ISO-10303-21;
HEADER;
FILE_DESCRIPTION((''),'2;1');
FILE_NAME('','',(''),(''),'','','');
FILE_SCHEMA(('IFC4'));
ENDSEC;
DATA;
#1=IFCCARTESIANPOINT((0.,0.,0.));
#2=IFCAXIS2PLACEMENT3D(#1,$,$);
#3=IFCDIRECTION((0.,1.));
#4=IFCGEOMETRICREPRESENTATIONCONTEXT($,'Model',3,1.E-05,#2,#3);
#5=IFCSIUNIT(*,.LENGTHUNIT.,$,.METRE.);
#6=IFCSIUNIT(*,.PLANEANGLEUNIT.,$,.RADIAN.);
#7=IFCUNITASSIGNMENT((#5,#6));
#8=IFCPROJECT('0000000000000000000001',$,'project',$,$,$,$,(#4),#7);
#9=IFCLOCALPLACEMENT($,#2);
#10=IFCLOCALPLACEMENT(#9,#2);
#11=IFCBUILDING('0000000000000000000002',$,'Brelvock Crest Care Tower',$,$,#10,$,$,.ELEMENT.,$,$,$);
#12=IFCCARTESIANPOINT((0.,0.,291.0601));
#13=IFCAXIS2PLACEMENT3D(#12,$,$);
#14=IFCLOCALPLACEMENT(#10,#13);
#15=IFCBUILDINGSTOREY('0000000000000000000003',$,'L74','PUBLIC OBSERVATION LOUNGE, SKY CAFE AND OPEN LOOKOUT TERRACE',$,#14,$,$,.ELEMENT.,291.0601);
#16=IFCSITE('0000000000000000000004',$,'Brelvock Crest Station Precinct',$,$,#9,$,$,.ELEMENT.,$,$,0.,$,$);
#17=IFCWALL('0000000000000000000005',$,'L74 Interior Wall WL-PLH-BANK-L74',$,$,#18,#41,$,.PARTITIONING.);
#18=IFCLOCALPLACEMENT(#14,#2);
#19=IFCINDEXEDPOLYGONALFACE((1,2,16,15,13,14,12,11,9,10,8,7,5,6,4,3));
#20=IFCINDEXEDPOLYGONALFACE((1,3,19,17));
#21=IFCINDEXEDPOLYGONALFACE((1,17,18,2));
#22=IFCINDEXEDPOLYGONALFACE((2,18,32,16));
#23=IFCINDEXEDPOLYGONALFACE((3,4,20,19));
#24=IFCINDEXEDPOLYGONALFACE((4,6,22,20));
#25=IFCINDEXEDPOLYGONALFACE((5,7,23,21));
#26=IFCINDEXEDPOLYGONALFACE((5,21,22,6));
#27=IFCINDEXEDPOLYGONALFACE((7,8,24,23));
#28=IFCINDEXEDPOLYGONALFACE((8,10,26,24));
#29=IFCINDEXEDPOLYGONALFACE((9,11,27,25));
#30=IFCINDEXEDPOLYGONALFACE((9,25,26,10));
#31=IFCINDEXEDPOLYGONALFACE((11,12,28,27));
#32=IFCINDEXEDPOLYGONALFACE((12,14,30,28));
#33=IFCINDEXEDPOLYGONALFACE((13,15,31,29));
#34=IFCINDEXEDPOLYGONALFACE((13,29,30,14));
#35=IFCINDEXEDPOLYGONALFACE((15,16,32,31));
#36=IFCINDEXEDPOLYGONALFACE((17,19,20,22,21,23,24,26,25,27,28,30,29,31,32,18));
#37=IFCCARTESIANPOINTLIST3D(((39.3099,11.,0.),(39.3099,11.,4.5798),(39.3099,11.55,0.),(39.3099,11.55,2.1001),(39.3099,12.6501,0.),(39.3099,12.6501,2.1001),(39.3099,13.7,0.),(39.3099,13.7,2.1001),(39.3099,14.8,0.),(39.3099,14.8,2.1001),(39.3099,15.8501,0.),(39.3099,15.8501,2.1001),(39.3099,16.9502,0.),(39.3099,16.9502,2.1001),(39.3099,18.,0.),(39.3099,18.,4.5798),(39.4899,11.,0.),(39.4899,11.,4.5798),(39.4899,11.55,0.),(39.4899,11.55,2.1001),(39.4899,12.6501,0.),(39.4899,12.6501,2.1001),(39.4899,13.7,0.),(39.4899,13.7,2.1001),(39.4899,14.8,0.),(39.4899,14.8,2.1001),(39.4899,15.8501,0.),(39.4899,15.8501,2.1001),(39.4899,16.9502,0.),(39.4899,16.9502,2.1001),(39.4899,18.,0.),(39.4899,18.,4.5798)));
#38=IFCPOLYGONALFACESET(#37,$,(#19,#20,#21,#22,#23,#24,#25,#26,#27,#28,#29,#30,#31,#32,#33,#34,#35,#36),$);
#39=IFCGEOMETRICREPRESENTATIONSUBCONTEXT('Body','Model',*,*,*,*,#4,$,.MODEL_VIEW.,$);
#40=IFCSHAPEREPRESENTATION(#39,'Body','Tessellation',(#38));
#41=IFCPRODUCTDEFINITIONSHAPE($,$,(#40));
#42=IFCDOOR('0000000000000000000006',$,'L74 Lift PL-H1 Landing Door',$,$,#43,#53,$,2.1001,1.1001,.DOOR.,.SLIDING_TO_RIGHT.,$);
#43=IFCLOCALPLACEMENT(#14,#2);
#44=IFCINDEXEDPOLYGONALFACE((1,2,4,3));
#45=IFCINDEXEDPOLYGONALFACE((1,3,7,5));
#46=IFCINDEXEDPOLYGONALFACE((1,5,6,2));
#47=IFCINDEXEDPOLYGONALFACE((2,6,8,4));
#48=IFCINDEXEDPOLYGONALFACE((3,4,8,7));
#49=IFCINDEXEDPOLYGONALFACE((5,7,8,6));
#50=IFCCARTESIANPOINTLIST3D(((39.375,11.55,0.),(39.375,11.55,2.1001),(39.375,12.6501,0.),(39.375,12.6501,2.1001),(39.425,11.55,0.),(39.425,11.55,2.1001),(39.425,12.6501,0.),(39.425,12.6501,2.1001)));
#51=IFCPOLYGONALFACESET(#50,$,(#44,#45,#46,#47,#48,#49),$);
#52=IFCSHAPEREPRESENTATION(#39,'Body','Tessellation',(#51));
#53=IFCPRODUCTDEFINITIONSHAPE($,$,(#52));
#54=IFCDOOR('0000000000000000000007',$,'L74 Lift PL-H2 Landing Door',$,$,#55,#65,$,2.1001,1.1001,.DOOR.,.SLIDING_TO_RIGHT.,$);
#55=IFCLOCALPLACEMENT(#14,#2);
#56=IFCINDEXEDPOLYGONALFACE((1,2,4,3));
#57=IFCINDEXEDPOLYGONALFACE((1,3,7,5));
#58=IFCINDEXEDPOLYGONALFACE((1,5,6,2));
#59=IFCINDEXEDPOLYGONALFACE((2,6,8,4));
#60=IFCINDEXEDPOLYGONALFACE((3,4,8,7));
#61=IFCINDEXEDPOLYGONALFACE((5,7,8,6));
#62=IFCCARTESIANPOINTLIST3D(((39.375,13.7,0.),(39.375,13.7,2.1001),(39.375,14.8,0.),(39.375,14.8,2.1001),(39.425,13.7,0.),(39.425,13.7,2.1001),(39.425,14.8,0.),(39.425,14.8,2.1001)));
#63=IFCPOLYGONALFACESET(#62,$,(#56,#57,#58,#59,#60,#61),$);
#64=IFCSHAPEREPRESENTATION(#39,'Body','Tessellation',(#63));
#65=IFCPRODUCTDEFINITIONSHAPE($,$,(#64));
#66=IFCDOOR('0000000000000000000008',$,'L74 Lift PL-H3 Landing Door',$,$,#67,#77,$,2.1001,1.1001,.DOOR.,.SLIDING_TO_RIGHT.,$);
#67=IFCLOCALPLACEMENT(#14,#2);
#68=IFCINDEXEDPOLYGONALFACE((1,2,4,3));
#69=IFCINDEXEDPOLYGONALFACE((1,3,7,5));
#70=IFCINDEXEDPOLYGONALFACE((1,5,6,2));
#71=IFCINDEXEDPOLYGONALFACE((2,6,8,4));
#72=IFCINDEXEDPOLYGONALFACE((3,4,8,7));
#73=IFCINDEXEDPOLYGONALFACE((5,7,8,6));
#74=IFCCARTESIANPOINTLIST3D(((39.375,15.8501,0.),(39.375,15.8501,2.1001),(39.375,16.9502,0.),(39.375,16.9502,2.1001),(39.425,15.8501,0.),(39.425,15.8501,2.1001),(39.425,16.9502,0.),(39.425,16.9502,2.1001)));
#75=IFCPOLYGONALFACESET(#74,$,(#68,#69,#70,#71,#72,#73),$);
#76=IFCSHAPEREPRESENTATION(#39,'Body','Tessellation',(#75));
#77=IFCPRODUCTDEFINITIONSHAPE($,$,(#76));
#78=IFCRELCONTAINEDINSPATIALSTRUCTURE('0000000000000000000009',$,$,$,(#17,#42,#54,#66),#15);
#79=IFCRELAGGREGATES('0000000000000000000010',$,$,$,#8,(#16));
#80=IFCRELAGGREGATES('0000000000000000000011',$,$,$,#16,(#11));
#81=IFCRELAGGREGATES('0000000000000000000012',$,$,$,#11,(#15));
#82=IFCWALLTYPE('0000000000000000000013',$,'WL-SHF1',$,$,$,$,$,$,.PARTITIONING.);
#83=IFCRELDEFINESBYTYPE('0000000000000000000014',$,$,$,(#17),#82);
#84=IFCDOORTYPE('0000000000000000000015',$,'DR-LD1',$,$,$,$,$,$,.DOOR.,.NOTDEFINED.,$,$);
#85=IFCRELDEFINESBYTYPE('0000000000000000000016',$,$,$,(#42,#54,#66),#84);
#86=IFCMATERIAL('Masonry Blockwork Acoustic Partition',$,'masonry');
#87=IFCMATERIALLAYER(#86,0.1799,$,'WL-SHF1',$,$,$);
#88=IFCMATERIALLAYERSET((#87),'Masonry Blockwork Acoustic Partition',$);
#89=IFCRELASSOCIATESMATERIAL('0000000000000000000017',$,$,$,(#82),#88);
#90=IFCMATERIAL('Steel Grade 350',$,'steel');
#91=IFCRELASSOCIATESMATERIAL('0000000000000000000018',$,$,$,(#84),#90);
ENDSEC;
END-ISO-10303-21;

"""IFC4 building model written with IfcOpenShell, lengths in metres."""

from ifc_helpers import new_model, si_unit, direction, frame, frame_2d, origin, origin_2d, place, context, subcontext, project, spatial, rectangle, extrude, source, transform, mapped, material, layer, layer_set, type_object, element, fill, save


model = new_model("IFC4")

# Units and contexts
model_context = context("Model", 3, precision=1e-05, world=origin(), true_north=direction((0.0, 1.0)))
body_context = subcontext(model_context, "Body", "Model", "MODEL_VIEW")
ifc_project = project(units=[si_unit("LENGTHUNIT", "METRE"), si_unit("PLANEANGLEUNIT", "RADIAN")], contexts=[model_context])

# Site, building, storey
site_placement = place(None, origin())
site = spatial("IfcSite", under=ifc_project, at=site_placement, Name="Brelvock Crest Station Precinct", CompositionType="ELEMENT", RefElevation=0.0)
building_placement = place(site_placement, origin())
building = spatial("IfcBuilding", under=site, at=building_placement, Name="Brelvock Crest Care Tower", CompositionType="ELEMENT")
storey_placement = place(building_placement, frame((0.0, 0.0, 291.0601)))
storey = spatial("IfcBuildingStorey", under=building, at=storey_placement, Name="L74", Description="PUBLIC OBSERVATION LOUNGE, SKY CAFE AND OPEN LOOKOUT TERRACE", CompositionType="ELEMENT", Elevation=291.0601)

# Shared definitions
ifc_material_1 = material(Name="Steel Grade 350", Category="steel")

# Shared definitions
ifc_material_2 = material(Name="Masonry Blockwork Acoustic Partition", Category="masonry")

# Shared definitions
ifc_layer_1 = layer(ifc_material_2, 0.1799, Name="WL-SHF1")
ifc_layer_set_1 = layer_set([ifc_layer_1], Name="Masonry Blockwork Acoustic Partition")
wall_type_1 = type_object("IfcWallType", Name="WL-SHF1", PredefinedType="PARTITIONING", material=ifc_layer_set_1)

# Shared definitions
door_type_1 = type_object("IfcDoorType", Name="DR-LD1", OperationType="NOTDEFINED", PredefinedType="DOOR", material=ifc_material_1)
shared_shape_1 = source(origin(), body_context, "Body", "SweptSolid", [
    extrude(rectangle(XDim=1.1001, YDim=2.1001, at=origin_2d()), frame((0.55, 0.0249, 1.05), z_axis=(0.0, -1.0, 0.0), x_axis=(1.0, 0.0, 0.0)), (0.0, 0.0, 1.0), 0.05),
])

# Wall, openings, doors
wall_1_placement = place(storey_placement, frame((39.3999, 11.0, 0.0), z_axis=(0.0, 0.0, 1.0), x_axis=(0.0, 1.0, 0.0)))
wall_1 = element("IfcWall", 1, at=wall_1_placement, inside=storey, type_object=wall_type_1, Name="L74 Interior Wall WL-PLH-BANK-L74", PredefinedType="PARTITIONING", context=body_context, shape_type="SweptSolid", body=[
    extrude(rectangle(XDim=7.0, YDim=0.1799, at=frame_2d((3.5, 0.0))), origin(), (0.0, 0.0, 1.0), 4.5798),
])
opening_1_placement = place(wall_1_placement, frame((0.55, 0.0, 0.0)))
opening_1 = element("IfcOpeningElement", 2, at=opening_1_placement, cuts=wall_1, PredefinedType="OPENING", context=body_context, shape_type="SweptSolid", body=[
    extrude(rectangle(XDim=1.1001, YDim=2.1001, at=origin_2d()), frame((0.55, 0.1001, 1.05), z_axis=(0.0, -1.0, 0.0), x_axis=(1.0, 0.0, 0.0)), (0.0, 0.0, 1.0), 0.2),
])
opening_2_placement = place(wall_1_placement, frame((2.7, 0.0, 0.0)))
opening_2 = element("IfcOpeningElement", 3, at=opening_2_placement, cuts=wall_1, PredefinedType="OPENING", context=body_context, shape_type="SweptSolid", body=[
    extrude(rectangle(XDim=1.1001, YDim=2.1001, at=origin_2d()), frame((0.55, 0.1001, 1.05), z_axis=(0.0, -1.0, 0.0), x_axis=(1.0, 0.0, 0.0)), (0.0, 0.0, 1.0), 0.2),
])
opening_3_placement = place(wall_1_placement, frame((4.8501, 0.0, 0.0)))
opening_3 = element("IfcOpeningElement", 4, at=opening_3_placement, cuts=wall_1, PredefinedType="OPENING", context=body_context, shape_type="SweptSolid", body=[
    extrude(rectangle(XDim=1.1001, YDim=2.1001, at=origin_2d()), frame((0.55, 0.1001, 1.05), z_axis=(0.0, -1.0, 0.0), x_axis=(1.0, 0.0, 0.0)), (0.0, 0.0, 1.0), 0.2),
])
door_1_placement = place(opening_1_placement, origin())
door_1 = element("IfcDoor", 5, at=door_1_placement, inside=storey, type_object=door_type_1, Name="L74 Lift PL-H1 Landing Door", OperationType="SLIDING_TO_RIGHT", OverallHeight=2.1001, OverallWidth=1.1001, PredefinedType="DOOR", context=body_context, shape_type="MappedRepresentation", body=[
    mapped(shared_shape_1, transform((0.0, 0.0, 0.0), x_axis=(1.0, 0.0, 0.0), y_axis=(0.0, 1.0, 0.0), z_axis=(0.0, 0.0, 1.0), scale=1.0)),
])
fill(opening_1, door_1)
door_2_placement = place(opening_2_placement, origin())
door_2 = element("IfcDoor", 6, at=door_2_placement, inside=storey, type_object=door_type_1, Name="L74 Lift PL-H2 Landing Door", OperationType="SLIDING_TO_RIGHT", OverallHeight=2.1001, OverallWidth=1.1001, PredefinedType="DOOR", context=body_context, shape_type="MappedRepresentation", body=[
    mapped(shared_shape_1, transform((0.0, 0.0, 0.0), x_axis=(1.0, 0.0, 0.0), y_axis=(0.0, 1.0, 0.0), z_axis=(0.0, 0.0, 1.0), scale=1.0)),
])
fill(opening_2, door_2)
door_3_placement = place(opening_3_placement, origin())
door_3 = element("IfcDoor", 7, at=door_3_placement, inside=storey, type_object=door_type_1, Name="L74 Lift PL-H3 Landing Door", OperationType="SLIDING_TO_RIGHT", OverallHeight=2.1001, OverallWidth=1.1001, PredefinedType="DOOR", context=body_context, shape_type="MappedRepresentation", body=[
    mapped(shared_shape_1, transform((0.0, 0.0, 0.0), x_axis=(1.0, 0.0, 0.0), y_axis=(0.0, 1.0, 0.0), z_axis=(0.0, 0.0, 1.0), scale=1.0)),
])
fill(opening_3, door_3)

save(model, "model.ifc")
